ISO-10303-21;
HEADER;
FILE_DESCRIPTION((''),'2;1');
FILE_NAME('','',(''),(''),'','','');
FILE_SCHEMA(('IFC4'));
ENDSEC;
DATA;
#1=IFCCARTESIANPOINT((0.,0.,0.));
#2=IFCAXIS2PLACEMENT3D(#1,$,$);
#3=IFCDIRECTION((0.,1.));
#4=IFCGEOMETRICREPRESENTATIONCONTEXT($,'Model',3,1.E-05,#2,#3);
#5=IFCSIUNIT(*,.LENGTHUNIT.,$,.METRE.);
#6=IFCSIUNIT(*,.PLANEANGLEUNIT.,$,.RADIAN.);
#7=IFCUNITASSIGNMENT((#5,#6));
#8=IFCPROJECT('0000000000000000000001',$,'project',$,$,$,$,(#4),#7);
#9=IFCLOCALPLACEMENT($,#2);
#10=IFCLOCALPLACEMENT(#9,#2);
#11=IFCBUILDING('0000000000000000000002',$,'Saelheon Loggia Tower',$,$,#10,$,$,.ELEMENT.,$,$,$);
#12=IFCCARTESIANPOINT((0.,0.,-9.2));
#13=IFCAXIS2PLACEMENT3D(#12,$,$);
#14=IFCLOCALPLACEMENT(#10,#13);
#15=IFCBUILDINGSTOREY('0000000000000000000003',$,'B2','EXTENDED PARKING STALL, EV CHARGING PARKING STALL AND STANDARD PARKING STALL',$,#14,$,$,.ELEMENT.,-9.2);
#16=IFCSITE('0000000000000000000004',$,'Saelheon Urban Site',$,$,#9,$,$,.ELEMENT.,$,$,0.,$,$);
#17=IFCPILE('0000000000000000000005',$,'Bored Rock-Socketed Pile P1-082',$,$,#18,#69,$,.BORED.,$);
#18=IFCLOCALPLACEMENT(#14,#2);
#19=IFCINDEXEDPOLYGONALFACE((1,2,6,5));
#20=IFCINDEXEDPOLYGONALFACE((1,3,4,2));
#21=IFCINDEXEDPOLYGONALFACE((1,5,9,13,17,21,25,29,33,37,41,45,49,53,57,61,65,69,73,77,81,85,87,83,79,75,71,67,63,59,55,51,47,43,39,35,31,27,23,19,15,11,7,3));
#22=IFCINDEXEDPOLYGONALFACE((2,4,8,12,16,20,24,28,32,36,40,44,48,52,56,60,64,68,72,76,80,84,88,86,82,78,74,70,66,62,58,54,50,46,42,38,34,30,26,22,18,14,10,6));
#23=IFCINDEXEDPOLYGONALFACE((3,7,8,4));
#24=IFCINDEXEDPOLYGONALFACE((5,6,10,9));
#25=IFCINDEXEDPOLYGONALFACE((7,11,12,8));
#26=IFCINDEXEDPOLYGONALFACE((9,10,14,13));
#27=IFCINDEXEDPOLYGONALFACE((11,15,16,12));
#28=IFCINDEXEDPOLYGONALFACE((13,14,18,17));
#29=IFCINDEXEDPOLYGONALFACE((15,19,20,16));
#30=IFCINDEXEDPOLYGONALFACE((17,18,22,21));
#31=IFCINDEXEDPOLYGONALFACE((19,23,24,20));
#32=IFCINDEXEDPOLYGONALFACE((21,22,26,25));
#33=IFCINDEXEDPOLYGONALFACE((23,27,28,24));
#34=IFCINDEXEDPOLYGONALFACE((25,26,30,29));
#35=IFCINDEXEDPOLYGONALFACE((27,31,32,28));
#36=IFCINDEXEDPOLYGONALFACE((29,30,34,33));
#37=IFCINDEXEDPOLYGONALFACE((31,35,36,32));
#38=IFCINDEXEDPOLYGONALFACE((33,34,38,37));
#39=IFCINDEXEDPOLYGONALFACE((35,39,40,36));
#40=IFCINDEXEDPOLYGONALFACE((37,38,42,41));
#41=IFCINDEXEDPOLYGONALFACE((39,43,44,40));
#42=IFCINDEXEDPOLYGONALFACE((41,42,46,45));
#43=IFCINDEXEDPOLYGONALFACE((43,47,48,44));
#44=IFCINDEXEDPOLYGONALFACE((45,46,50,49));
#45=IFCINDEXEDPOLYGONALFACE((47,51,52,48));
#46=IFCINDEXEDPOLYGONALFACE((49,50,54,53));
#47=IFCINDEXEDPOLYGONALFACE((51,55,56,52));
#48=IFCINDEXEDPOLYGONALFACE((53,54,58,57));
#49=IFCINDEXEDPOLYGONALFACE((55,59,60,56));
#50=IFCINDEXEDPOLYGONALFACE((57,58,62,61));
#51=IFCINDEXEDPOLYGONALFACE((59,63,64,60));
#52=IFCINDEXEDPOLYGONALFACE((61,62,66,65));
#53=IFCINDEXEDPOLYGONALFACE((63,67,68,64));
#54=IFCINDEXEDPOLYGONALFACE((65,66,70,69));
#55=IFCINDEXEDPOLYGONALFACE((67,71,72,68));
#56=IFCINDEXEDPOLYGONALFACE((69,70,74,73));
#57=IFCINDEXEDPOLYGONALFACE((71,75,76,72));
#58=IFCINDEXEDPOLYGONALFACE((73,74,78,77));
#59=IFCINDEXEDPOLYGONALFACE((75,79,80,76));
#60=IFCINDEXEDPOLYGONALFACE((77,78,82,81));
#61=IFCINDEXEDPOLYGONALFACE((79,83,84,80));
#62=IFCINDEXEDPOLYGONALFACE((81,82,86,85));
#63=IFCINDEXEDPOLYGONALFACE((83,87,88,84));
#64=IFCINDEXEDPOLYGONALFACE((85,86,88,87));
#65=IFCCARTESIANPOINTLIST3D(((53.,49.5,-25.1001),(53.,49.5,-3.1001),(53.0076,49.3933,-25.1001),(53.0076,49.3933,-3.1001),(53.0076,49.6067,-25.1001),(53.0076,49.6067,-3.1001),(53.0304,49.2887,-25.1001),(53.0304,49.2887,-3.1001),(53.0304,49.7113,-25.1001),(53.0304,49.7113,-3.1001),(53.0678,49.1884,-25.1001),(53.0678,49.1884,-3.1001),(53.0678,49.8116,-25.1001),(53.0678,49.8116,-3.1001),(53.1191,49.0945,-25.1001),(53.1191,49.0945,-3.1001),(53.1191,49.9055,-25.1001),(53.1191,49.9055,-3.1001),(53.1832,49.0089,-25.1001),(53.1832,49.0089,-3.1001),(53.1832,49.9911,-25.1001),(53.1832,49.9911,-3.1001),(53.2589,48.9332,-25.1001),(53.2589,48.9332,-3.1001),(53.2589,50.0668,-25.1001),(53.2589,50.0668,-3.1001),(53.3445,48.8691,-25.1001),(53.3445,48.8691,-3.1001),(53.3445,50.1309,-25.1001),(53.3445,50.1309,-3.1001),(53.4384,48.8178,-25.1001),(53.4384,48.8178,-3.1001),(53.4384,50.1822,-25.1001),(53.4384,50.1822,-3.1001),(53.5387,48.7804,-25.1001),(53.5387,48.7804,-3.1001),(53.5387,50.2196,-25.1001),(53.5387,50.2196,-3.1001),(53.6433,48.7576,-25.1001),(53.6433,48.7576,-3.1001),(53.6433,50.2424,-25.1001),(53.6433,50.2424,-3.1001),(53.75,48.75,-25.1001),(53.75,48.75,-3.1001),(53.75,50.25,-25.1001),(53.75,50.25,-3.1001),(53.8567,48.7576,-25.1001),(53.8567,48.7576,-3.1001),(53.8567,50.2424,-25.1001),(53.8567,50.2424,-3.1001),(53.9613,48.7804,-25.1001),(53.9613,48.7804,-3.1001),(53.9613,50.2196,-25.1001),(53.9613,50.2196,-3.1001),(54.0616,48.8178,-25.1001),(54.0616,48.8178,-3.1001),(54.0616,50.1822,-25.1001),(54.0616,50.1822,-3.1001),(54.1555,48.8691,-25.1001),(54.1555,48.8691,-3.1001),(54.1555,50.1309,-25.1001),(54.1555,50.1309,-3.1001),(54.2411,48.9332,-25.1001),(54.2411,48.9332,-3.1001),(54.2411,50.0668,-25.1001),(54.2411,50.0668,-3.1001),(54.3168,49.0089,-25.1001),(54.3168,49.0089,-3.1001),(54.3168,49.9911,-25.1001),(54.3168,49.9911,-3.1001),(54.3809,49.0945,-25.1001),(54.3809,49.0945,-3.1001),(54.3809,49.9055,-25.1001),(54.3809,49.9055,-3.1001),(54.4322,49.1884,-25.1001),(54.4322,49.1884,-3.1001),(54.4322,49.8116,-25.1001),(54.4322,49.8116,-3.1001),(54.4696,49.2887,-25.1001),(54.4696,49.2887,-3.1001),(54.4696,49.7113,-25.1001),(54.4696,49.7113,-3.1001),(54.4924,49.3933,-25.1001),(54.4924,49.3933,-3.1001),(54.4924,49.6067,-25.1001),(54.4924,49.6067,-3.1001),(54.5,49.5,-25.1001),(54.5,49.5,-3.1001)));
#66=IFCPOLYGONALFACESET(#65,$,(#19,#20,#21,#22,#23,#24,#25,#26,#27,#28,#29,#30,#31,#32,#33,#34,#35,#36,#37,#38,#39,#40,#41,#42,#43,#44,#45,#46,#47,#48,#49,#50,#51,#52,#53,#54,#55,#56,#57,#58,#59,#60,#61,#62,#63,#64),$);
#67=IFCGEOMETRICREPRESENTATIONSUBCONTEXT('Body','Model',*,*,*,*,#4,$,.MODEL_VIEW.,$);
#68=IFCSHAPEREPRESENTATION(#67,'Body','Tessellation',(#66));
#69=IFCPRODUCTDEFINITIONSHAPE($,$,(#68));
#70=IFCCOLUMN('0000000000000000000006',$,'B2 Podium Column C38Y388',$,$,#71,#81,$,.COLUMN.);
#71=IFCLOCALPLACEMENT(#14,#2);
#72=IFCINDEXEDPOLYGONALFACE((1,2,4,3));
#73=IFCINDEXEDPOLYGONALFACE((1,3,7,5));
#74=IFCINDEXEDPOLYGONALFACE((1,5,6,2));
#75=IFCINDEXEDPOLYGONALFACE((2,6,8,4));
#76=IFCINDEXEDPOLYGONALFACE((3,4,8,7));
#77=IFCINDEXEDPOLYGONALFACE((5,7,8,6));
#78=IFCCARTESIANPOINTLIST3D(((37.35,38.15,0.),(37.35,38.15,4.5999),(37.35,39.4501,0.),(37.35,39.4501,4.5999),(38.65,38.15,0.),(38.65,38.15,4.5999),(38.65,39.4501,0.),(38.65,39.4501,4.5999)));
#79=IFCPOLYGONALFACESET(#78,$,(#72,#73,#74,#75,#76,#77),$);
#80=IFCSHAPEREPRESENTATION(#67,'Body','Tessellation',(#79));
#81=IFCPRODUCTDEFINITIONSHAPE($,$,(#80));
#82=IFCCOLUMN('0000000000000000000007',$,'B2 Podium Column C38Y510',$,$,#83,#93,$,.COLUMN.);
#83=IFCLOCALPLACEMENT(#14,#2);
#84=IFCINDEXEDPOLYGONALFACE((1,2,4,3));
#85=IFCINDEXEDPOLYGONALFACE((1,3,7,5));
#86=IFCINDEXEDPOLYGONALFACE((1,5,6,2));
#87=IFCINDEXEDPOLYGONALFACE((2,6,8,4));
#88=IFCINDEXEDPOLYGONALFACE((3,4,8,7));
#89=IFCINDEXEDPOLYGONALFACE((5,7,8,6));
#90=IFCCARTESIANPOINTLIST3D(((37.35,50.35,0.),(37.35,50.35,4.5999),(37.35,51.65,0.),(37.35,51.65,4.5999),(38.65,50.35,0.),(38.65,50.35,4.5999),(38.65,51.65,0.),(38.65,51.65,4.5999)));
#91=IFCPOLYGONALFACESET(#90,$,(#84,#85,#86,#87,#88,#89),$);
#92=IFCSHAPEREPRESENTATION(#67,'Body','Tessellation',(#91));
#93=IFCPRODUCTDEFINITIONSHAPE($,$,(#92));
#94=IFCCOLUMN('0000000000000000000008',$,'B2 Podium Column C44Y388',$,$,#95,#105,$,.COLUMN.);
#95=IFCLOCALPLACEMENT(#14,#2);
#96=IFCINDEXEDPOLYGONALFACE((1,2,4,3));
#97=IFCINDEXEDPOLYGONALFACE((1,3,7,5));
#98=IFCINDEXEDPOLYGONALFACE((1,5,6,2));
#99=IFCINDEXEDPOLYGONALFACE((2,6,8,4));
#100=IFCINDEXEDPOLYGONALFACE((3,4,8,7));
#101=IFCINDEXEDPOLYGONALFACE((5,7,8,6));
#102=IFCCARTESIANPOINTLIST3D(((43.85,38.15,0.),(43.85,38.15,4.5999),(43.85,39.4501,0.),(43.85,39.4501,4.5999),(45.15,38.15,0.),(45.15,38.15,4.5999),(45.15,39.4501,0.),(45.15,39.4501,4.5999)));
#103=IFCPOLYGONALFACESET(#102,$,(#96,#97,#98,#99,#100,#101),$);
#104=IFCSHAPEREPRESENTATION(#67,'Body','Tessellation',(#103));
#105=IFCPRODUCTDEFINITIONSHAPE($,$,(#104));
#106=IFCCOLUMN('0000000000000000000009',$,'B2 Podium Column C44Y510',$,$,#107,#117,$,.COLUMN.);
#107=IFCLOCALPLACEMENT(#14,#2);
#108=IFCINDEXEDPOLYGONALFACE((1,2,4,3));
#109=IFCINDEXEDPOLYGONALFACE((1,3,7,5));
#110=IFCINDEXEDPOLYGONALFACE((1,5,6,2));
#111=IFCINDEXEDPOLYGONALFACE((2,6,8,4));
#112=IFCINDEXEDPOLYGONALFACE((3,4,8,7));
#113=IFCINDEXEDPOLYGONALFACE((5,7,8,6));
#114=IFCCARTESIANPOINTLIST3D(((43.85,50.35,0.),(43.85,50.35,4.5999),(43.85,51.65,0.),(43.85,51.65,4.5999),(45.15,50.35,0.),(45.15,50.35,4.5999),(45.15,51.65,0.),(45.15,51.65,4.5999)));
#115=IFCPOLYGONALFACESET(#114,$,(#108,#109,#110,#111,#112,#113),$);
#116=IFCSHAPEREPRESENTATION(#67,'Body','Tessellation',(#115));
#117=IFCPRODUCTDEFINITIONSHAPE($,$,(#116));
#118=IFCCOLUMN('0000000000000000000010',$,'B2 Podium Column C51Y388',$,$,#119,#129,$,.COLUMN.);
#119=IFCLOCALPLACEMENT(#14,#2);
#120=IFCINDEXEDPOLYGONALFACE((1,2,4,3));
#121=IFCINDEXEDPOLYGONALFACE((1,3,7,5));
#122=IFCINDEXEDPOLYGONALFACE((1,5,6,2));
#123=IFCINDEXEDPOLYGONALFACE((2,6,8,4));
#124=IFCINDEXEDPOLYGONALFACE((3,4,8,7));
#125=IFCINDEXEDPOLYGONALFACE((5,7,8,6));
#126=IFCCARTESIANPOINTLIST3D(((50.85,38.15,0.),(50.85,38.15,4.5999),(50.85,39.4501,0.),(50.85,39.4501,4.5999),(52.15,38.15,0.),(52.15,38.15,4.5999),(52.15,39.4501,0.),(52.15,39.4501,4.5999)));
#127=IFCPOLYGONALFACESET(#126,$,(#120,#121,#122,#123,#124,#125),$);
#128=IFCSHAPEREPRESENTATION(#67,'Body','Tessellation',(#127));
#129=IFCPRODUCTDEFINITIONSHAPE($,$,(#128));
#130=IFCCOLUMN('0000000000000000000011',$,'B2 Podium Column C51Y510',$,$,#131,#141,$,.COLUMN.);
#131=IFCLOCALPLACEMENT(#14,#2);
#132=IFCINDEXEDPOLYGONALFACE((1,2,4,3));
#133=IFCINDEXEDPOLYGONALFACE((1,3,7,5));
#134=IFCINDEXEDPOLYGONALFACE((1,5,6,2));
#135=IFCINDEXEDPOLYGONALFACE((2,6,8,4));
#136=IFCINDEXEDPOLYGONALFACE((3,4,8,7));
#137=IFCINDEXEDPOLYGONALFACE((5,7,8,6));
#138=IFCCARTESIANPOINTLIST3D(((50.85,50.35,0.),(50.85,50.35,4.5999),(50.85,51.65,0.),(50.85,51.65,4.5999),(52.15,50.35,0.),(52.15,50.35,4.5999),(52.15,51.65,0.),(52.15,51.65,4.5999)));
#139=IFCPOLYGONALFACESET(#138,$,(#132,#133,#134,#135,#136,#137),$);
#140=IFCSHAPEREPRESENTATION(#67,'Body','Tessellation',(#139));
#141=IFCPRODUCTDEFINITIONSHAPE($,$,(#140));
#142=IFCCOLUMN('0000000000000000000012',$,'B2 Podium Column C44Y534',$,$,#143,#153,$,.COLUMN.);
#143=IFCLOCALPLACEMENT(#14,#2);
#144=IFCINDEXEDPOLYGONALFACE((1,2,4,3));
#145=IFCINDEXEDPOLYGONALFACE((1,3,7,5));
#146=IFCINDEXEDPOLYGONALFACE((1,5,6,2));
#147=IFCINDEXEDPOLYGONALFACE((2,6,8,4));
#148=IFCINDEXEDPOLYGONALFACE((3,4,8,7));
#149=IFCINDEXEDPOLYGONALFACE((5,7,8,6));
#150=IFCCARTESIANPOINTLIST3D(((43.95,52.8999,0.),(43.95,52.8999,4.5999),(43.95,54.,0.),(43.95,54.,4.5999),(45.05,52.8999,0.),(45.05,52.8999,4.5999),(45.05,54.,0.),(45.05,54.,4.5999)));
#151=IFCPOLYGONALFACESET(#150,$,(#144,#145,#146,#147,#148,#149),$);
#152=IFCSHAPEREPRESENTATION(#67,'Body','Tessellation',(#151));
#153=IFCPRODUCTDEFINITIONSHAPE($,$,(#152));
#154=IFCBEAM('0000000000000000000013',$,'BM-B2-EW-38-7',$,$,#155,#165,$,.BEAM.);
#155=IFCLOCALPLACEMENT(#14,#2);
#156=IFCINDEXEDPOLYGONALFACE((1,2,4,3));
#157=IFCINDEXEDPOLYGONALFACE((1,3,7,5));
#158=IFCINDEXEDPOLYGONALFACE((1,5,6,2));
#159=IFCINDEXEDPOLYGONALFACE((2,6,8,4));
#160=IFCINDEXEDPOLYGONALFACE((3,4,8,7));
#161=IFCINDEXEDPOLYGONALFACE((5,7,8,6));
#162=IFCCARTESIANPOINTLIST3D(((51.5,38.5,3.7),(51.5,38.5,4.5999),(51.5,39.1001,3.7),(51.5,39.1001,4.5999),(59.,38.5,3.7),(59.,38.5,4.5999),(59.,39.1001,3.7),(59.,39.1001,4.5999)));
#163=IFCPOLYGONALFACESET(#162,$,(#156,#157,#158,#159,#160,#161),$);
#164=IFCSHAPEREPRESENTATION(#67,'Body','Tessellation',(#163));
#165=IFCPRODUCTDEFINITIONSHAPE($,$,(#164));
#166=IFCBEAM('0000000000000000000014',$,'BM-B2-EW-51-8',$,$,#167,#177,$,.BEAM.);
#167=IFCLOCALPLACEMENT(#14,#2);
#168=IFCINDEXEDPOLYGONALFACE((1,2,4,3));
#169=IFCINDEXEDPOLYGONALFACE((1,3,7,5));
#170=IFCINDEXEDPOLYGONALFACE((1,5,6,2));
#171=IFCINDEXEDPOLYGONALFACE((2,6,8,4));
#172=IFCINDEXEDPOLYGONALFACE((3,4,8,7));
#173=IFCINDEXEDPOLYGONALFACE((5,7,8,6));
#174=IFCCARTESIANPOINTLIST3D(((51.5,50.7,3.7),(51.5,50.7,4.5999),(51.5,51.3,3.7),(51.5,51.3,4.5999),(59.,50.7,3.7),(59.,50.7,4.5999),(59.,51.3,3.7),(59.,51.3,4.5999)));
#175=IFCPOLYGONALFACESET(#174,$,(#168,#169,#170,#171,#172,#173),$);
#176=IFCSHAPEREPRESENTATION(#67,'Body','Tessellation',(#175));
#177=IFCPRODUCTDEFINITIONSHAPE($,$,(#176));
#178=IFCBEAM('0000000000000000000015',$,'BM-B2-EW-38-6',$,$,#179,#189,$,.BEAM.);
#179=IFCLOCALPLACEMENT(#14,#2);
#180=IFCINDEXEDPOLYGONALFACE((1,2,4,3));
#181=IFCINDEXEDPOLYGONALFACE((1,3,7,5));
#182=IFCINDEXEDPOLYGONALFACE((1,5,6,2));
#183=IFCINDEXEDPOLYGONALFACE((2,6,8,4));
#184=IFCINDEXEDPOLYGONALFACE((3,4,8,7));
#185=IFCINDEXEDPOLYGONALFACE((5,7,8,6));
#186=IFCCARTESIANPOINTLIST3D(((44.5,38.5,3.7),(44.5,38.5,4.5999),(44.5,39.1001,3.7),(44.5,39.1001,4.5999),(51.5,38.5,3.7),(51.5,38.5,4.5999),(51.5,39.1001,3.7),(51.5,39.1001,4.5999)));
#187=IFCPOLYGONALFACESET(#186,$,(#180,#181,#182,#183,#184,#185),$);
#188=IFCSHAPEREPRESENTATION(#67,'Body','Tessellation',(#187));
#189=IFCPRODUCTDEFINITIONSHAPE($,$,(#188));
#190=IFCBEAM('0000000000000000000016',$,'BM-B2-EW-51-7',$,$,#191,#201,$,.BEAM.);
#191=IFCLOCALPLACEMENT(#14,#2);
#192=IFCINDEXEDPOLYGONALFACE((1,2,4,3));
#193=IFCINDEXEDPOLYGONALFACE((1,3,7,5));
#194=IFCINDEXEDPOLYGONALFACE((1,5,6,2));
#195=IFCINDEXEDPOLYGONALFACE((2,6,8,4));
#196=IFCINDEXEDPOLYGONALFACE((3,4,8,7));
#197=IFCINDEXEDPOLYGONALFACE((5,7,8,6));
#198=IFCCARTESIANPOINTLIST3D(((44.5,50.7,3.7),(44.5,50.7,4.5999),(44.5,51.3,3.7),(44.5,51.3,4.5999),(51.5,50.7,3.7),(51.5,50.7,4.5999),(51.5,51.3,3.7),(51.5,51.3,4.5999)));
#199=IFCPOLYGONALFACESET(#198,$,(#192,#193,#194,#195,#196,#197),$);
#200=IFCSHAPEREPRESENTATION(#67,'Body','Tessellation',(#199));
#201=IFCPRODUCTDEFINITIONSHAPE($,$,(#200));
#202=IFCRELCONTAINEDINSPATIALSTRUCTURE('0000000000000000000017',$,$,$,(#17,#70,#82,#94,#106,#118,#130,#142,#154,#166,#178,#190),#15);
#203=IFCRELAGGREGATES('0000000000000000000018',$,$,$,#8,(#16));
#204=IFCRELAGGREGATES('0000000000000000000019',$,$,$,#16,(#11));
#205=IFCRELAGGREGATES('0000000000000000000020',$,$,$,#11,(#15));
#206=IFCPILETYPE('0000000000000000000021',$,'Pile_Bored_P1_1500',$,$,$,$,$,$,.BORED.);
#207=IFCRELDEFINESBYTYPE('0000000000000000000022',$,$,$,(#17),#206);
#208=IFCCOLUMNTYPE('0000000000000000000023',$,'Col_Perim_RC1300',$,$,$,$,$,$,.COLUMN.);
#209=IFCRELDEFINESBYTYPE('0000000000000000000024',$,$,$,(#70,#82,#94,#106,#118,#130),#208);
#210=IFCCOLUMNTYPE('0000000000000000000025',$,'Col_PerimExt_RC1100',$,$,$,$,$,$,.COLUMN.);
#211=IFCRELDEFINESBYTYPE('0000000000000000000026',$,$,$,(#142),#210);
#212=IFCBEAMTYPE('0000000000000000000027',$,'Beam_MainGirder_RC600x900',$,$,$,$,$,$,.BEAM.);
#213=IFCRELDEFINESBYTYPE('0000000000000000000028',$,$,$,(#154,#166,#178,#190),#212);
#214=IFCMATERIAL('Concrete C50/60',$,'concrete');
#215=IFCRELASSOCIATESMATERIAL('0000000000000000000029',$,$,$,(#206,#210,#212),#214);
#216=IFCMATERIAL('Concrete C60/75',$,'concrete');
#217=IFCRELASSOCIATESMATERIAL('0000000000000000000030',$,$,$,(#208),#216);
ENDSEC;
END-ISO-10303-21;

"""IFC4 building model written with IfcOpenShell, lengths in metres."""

from ifc_helpers import new_model, si_unit, direction, frame, origin, origin_2d, place, context, subcontext, project, spatial, rectangle, circle, extrude, source, transform, mapped, material, material_profile, profile_set, type_object, element, save


model = new_model("IFC4")

# Units and contexts
model_context = context("Model", 3, precision=1e-05, world=origin(), true_north=direction((0.0, 1.0)))
body_context = subcontext(model_context, "Body", "Model", "MODEL_VIEW")
ifc_project = project(units=[si_unit("LENGTHUNIT", "METRE"), si_unit("PLANEANGLEUNIT", "RADIAN")], contexts=[model_context])

# Site, building, storey
site_placement = place(None, origin())
site = spatial("IfcSite", under=ifc_project, at=site_placement, Name="Saelheon Urban Site", CompositionType="ELEMENT", RefElevation=0.0)
building_placement = place(site_placement, origin())
building = spatial("IfcBuilding", under=site, at=building_placement, Name="Saelheon Loggia Tower", CompositionType="ELEMENT")
storey_placement = place(building_placement, frame((0.0, 0.0, -9.2)))
storey = spatial("IfcBuildingStorey", under=building, at=storey_placement, Name="B2", Description="EXTENDED PARKING STALL, EV CHARGING PARKING STALL AND STANDARD PARKING STALL", CompositionType="ELEMENT", Elevation=-9.2)

# Pile
ifc_material_1 = material(Name="Concrete C50/60", Category="concrete")
ifc_material_profile_1 = material_profile(ifc_material_1, circle(Radius=0.75, at=origin_2d()), Name="CIRC-1500")
ifc_profile_set_1 = profile_set([ifc_material_profile_1], Name="Concrete C50/60")
pile_type = type_object("IfcPileType", Name="Pile_Bored_P1_1500", PredefinedType="BORED", material=ifc_profile_set_1)
shared_shape_1 = source(origin(), body_context, "Body", "SweptSolid", [
    extrude(circle(Radius=0.75, at=origin_2d()), origin(), (0.0, 0.0, 1.0), 22.0),
])
for number, where, z_axis, x_axis, name in (
    (1, (53.75, 49.5, -3.1001), (0.0, 0.0, -1.0), (1.0, 0.0, 0.0), "Bored Rock-Socketed Pile P1-082"),
):
    element("IfcPile", number, at=place(storey_placement, frame(where, z_axis=z_axis, x_axis=x_axis)), inside=storey, type_object=pile_type, Name=name, PredefinedType="BORED", context=body_context, shape_type="MappedRepresentation", body=[
        mapped(shared_shape_1, transform((0.0, 0.0, 0.0), scale=1.0)),
    ])

# Columns
ifc_material_2 = material(Name="Concrete C60/75", Category="concrete")
ifc_material_profile_2 = material_profile(ifc_material_2, rectangle(XDim=1.3, YDim=1.3, at=origin_2d()), Name="RC-1300x1300")
ifc_profile_set_2 = profile_set([ifc_material_profile_2], Name="Concrete C60/75")
column_type_1 = type_object("IfcColumnType", Name="Col_Perim_RC1300", PredefinedType="COLUMN", material=ifc_profile_set_2)
shared_shape_2 = source(origin(), body_context, "Body", "SweptSolid", [
    extrude(rectangle(XDim=1.3, YDim=1.3, at=origin_2d()), origin(), (0.0, 0.0, 1.0), 4.5999),
])
for number, where, z_axis, x_axis, name in (
    (2, (38.0, 38.8, 0.0), (0.0, 0.0, 1.0), (1.0, 0.0, 0.0), "B2 Podium Column C38Y388"),
    (3, (38.0, 51.0, 0.0), (0.0, 0.0, 1.0), (1.0, 0.0, 0.0), "B2 Podium Column C38Y510"),
    (4, (44.5, 38.8, 0.0), (0.0, 0.0, 1.0), (1.0, 0.0, 0.0), "B2 Podium Column C44Y388"),
    (5, (44.5, 51.0, 0.0), (0.0, 0.0, 1.0), (1.0, 0.0, 0.0), "B2 Podium Column C44Y510"),
    (6, (51.5, 38.8, 0.0), (0.0, 0.0, 1.0), (1.0, 0.0, 0.0), "B2 Podium Column C51Y388"),
    (7, (51.5, 51.0, 0.0), (0.0, 0.0, 1.0), (1.0, 0.0, 0.0), "B2 Podium Column C51Y510"),
):
    element("IfcColumn", number, at=place(storey_placement, frame(where, z_axis=z_axis, x_axis=x_axis)), inside=storey, type_object=column_type_1, Name=name, PredefinedType="COLUMN", context=body_context, shape_type="MappedRepresentation", body=[
        mapped(shared_shape_2, transform((0.0, 0.0, 0.0), scale=1.0)),
    ])
ifc_material_profile_3 = material_profile(ifc_material_1, rectangle(XDim=1.1001, YDim=1.1001, at=origin_2d()), Name="RC-1100x1100")
ifc_profile_set_3 = profile_set([ifc_material_profile_3], Name="Concrete C50/60")
column_type_2 = type_object("IfcColumnType", Name="Col_PerimExt_RC1100", PredefinedType="COLUMN", material=ifc_profile_set_3)
shared_shape_3 = source(origin(), body_context, "Body", "SweptSolid", [
    extrude(rectangle(XDim=1.1001, YDim=1.1001, at=origin_2d()), origin(), (0.0, 0.0, 1.0), 4.5999),
])
column_placement = place(storey_placement, frame((44.5, 53.45, 0.0), z_axis=(0.0, 0.0, 1.0), x_axis=(1.0, 0.0, 0.0)))
element("IfcColumn", 8, at=column_placement, inside=storey, type_object=column_type_2, Name="B2 Podium Column C44Y534", PredefinedType="COLUMN", context=body_context, shape_type="MappedRepresentation", body=[
    mapped(shared_shape_3, transform((0.0, 0.0, 0.0), scale=1.0)),
])

# Beams
ifc_material_profile_4 = material_profile(ifc_material_1, rectangle(XDim=0.6001, YDim=0.8999, at=origin_2d()), Name="RC-600x900")
ifc_profile_set_4 = profile_set([ifc_material_profile_4], Name="Concrete C50/60")
beam_type_1 = type_object("IfcBeamType", Name="Beam_MainGirder_RC600x900", PredefinedType="BEAM", material=ifc_profile_set_4)
shared_shape_4 = source(origin(), body_context, "Body", "SweptSolid", [
    extrude(rectangle(XDim=0.6001, YDim=0.8999, at=origin_2d()), origin(), (0.0, 0.0, 1.0), 7.5),
])
for number, where, z_axis, x_axis, name in (
    (9, (51.5, 38.8, 4.1499), (1.0, 0.0, 0.0), (0.0, 1.0, 0.0), "BM-B2-EW-38-7"),
    (10, (51.5, 51.0, 4.1499), (1.0, 0.0, 0.0), (0.0, 1.0, 0.0), "BM-B2-EW-51-8"),
):
    element("IfcBeam", number, at=place(storey_placement, frame(where, z_axis=z_axis, x_axis=x_axis)), inside=storey, type_object=beam_type_1, Name=name, PredefinedType="BEAM", context=body_context, shape_type="MappedRepresentation", body=[
        mapped(shared_shape_4, transform((0.0, 0.0, 0.0), scale=1.0)),
    ])
shared_shape_5 = source(origin(), body_context, "Body", "SweptSolid", [
    extrude(rectangle(XDim=0.6001, YDim=0.8999, at=origin_2d()), origin(), (0.0, 0.0, 1.0), 7.0),
])
for number, where, z_axis, x_axis, name in (
    (11, (44.5, 38.8, 4.1499), (1.0, 0.0, 0.0), (0.0, 1.0, 0.0), "BM-B2-EW-38-6"),
    (12, (44.5, 51.0, 4.1499), (1.0, 0.0, 0.0), (0.0, 1.0, 0.0), "BM-B2-EW-51-7"),
):
    element("IfcBeam", number, at=place(storey_placement, frame(where, z_axis=z_axis, x_axis=x_axis)), inside=storey, type_object=beam_type_1, Name=name, PredefinedType="BEAM", context=body_context, shape_type="MappedRepresentation", body=[
        mapped(shared_shape_5, transform((0.0, 0.0, 0.0), scale=1.0)),
    ])

save(model, "model.ifc")
